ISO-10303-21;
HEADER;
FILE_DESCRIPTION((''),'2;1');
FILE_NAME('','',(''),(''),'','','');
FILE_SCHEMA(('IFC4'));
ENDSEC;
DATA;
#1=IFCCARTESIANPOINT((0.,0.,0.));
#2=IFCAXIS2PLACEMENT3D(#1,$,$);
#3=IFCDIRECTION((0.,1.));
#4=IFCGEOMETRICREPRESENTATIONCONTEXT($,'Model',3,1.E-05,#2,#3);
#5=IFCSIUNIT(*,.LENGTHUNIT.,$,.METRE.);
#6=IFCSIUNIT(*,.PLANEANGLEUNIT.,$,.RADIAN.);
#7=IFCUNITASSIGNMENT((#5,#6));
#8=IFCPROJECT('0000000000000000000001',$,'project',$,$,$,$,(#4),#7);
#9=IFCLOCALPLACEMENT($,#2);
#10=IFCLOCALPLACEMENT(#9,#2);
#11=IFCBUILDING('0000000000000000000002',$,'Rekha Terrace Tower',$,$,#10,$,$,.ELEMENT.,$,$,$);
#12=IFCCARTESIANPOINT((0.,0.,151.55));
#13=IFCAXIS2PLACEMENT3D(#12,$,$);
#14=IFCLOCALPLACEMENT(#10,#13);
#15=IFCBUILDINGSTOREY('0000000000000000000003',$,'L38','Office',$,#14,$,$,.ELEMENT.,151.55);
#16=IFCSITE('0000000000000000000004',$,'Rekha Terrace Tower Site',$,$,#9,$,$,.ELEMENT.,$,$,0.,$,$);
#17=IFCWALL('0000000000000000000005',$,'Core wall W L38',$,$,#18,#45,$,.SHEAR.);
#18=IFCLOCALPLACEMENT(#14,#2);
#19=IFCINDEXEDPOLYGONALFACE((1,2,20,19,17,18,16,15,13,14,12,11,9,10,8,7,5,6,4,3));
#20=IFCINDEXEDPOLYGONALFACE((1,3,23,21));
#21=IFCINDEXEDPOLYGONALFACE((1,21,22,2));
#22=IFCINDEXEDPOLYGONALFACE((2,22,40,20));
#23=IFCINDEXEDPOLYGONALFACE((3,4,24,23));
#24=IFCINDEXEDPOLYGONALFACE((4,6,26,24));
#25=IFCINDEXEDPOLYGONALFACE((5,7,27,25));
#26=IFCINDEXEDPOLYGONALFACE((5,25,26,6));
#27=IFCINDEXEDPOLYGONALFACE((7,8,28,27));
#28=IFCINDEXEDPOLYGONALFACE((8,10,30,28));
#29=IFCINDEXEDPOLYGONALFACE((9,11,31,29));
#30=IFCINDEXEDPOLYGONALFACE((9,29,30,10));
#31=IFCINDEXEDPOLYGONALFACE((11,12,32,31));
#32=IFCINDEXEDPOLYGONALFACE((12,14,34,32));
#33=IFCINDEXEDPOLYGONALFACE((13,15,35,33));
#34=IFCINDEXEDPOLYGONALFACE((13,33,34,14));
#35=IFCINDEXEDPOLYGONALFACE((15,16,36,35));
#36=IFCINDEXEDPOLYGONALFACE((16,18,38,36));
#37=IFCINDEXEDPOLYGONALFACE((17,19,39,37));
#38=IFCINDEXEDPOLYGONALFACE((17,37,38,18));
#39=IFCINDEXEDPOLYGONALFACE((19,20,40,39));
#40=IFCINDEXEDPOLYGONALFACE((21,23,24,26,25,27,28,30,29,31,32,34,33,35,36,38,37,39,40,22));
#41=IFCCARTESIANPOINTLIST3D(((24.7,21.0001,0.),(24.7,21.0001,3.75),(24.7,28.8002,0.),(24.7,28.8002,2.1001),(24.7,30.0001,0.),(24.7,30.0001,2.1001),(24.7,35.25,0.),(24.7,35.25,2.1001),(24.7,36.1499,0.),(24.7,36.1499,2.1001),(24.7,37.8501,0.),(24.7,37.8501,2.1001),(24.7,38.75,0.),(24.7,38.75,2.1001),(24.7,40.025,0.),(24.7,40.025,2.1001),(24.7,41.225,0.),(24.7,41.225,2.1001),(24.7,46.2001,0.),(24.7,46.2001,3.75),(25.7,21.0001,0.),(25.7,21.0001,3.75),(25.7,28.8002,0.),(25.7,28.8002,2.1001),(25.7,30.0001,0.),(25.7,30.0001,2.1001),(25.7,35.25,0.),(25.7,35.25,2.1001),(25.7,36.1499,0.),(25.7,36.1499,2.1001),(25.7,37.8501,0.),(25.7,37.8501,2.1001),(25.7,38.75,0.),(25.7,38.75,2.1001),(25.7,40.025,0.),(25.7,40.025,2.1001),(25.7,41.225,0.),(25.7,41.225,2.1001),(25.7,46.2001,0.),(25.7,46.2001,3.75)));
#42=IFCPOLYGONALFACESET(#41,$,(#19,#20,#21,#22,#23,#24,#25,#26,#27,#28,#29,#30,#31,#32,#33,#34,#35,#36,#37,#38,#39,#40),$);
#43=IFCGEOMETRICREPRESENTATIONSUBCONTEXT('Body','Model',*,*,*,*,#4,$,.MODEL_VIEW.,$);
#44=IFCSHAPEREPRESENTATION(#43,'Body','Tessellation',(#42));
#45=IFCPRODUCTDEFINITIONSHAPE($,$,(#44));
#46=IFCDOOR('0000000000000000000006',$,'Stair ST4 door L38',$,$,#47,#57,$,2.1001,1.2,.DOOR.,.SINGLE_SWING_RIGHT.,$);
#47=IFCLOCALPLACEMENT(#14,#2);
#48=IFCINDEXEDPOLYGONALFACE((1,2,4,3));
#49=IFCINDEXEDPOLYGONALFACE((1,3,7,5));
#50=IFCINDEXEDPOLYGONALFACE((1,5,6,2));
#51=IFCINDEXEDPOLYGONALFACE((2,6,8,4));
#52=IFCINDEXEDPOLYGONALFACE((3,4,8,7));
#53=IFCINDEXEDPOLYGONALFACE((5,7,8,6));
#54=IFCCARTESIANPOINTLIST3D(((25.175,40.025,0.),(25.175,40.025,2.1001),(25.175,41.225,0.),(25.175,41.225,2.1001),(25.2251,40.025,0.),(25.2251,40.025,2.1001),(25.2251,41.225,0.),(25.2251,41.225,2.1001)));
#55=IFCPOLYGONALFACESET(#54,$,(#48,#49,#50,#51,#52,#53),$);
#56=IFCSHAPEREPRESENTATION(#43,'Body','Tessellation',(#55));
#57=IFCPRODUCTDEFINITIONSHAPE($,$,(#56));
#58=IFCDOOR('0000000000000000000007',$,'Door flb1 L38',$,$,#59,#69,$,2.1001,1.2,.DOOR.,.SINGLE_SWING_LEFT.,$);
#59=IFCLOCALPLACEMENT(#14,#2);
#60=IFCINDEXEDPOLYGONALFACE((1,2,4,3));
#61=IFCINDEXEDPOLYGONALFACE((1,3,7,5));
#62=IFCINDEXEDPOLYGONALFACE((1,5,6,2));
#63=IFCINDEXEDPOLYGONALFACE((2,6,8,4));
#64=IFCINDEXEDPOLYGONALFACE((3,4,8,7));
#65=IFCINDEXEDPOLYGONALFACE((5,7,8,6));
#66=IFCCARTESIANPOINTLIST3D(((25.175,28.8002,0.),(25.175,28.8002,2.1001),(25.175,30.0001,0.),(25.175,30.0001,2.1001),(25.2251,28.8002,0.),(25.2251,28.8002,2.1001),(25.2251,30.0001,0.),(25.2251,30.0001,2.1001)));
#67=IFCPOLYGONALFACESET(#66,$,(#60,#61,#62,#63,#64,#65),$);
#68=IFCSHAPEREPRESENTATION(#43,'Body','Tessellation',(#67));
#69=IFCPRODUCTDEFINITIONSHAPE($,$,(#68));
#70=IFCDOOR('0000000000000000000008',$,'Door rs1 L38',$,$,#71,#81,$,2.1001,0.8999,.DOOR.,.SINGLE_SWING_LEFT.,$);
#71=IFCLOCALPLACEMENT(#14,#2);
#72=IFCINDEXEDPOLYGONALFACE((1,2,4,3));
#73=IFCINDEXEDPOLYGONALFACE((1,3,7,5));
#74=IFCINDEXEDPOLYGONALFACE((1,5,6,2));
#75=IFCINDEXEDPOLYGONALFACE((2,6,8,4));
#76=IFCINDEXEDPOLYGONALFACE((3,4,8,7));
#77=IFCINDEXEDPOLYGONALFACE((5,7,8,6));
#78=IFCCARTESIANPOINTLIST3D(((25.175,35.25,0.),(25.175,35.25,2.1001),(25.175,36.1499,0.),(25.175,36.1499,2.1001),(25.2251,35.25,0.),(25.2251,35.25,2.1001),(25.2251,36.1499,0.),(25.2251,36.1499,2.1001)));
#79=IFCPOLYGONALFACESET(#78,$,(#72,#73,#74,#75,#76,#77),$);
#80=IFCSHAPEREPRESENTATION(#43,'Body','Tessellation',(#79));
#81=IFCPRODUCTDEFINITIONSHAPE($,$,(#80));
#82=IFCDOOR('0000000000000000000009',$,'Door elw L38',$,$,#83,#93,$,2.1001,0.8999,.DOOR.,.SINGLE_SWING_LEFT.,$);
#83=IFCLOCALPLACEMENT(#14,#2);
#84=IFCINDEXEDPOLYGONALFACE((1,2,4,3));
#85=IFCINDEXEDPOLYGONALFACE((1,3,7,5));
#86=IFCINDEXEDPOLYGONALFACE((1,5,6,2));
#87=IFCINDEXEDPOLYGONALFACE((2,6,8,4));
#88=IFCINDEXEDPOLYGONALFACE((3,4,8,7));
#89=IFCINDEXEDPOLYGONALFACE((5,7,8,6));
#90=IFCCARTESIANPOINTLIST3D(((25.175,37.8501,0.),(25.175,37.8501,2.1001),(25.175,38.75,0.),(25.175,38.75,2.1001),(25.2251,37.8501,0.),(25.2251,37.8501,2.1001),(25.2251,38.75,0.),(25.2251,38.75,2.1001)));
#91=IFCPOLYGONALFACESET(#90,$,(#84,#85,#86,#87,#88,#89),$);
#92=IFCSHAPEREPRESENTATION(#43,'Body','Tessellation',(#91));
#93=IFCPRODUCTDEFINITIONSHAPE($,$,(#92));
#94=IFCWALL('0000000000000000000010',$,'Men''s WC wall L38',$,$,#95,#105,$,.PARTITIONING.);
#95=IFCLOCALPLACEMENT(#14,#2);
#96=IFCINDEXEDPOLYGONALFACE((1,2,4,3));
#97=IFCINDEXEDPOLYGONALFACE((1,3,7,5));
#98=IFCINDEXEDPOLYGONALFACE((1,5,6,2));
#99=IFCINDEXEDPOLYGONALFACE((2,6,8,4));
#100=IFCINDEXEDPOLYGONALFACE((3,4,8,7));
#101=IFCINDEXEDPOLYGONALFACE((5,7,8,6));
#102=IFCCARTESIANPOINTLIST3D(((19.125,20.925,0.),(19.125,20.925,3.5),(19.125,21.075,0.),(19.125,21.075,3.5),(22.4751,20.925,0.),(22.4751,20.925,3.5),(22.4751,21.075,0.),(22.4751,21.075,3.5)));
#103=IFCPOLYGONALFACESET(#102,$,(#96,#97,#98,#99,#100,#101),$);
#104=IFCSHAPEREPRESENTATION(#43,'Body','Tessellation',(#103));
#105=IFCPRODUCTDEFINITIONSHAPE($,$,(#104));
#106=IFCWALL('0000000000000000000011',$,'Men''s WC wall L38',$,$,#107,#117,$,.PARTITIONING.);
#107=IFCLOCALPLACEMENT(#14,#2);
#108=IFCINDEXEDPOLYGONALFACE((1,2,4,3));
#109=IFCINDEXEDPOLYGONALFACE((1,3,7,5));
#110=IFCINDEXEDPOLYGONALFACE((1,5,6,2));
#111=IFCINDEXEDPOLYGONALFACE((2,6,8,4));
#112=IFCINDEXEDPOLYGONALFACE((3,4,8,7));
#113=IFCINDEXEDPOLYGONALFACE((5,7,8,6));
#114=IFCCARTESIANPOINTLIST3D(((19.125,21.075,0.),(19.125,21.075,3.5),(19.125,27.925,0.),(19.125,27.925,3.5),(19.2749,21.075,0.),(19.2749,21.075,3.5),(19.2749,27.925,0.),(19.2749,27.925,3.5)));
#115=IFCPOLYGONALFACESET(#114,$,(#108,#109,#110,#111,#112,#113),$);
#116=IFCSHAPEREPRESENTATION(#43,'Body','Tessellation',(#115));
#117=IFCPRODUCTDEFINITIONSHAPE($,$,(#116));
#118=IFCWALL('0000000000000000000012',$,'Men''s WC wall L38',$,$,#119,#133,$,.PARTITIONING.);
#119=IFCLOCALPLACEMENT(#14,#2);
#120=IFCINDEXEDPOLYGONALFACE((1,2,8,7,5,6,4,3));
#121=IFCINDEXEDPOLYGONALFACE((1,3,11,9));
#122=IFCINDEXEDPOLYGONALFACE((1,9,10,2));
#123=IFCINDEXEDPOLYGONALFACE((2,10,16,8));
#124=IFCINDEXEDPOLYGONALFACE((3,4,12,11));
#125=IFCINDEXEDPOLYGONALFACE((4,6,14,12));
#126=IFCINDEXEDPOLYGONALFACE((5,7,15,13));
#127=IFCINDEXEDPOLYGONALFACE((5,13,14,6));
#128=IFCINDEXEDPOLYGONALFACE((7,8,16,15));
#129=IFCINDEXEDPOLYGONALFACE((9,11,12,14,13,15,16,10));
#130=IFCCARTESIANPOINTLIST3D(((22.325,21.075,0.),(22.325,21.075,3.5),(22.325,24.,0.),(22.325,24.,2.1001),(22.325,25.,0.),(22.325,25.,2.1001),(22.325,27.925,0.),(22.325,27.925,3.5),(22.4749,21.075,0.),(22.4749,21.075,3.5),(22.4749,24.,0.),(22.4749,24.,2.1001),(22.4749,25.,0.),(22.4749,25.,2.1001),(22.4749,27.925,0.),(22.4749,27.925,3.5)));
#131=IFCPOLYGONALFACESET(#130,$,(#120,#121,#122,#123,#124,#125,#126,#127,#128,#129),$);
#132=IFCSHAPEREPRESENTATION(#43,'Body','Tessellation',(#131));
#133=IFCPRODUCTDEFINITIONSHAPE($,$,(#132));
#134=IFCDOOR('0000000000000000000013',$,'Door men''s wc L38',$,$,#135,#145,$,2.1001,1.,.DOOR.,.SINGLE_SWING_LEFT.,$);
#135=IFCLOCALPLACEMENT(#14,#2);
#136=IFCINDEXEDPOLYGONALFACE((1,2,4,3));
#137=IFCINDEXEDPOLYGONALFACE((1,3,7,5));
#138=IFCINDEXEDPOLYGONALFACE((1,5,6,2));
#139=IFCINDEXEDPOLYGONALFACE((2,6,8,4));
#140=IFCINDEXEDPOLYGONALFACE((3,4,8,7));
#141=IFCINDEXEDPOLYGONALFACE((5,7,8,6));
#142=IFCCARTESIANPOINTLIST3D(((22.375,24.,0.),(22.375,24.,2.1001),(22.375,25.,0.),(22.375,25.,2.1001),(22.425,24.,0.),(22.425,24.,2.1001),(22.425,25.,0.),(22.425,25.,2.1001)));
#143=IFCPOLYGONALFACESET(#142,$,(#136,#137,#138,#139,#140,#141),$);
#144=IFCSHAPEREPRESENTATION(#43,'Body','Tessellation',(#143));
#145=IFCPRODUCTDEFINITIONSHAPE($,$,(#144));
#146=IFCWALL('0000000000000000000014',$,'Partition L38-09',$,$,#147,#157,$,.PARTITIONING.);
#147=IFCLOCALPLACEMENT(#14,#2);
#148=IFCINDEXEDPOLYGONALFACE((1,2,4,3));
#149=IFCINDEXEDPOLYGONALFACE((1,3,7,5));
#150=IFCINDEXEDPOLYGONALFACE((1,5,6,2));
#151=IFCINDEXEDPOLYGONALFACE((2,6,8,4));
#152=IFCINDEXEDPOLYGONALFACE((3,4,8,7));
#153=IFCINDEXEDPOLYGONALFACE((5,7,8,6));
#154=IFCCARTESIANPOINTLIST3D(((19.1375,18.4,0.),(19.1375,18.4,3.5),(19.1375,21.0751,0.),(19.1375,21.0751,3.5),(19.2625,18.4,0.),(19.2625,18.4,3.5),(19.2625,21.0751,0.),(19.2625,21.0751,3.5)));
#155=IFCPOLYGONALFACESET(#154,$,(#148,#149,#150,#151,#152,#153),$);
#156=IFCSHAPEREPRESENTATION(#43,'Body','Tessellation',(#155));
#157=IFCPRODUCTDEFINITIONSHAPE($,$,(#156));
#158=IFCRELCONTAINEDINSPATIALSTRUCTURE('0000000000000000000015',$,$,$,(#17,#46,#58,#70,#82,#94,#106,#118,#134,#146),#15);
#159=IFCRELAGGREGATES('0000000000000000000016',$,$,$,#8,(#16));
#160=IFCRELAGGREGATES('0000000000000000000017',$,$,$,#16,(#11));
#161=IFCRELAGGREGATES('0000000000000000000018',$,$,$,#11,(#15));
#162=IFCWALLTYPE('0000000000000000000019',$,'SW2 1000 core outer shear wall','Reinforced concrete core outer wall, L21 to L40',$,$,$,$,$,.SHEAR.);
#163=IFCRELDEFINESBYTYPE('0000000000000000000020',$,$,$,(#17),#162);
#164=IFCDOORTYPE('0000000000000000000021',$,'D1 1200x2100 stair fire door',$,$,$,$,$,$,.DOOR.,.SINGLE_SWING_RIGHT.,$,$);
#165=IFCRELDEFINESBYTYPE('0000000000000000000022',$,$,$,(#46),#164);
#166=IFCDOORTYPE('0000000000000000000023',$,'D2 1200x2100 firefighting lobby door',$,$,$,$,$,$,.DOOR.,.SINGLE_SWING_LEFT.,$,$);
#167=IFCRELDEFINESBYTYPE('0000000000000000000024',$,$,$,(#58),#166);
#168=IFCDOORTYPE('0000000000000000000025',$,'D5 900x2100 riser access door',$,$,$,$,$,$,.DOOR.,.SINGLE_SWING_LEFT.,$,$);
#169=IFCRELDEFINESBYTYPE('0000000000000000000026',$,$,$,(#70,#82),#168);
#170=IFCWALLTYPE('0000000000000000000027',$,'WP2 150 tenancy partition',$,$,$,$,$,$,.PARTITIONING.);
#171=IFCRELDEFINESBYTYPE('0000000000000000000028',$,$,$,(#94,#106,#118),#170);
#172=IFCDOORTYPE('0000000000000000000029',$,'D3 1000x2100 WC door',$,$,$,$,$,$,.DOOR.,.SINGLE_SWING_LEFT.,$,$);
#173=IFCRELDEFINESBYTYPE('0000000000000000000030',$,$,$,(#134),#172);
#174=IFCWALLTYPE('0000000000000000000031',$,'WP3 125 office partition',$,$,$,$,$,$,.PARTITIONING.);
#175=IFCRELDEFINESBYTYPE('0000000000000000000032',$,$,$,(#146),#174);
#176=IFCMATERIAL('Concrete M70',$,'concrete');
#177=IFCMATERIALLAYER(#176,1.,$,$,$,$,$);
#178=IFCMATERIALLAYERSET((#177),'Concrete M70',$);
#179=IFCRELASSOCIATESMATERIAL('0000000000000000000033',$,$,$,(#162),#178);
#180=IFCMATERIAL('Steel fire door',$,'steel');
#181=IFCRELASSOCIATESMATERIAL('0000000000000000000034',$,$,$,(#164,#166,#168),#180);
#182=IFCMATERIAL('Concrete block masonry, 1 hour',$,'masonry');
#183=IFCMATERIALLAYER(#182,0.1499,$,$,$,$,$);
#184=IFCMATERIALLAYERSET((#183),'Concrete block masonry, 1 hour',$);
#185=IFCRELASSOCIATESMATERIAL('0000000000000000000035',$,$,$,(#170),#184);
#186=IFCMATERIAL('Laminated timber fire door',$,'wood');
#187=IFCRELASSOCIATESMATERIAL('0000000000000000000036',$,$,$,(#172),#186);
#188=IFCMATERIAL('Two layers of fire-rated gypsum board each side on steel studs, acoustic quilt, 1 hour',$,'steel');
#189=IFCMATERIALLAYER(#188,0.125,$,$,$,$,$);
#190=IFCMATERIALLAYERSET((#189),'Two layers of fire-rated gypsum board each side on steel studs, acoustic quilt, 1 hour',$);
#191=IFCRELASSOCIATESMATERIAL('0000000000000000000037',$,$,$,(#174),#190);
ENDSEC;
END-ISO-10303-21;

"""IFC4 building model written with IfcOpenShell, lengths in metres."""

from ifc_helpers import new_model, si_unit, direction, frame, frame_2d, origin, place, context, subcontext, project, spatial, rectangle, extrude, material, layer, layer_set, type_object, element, fill, save


model = new_model("IFC4")

# Units and contexts
model_context = context("Model", 3, precision=1e-05, world=origin(), true_north=direction((0.0, 1.0)))
body_context = subcontext(model_context, "Body", "Model", "MODEL_VIEW")
ifc_project = project(units=[si_unit("LENGTHUNIT", "METRE"), si_unit("PLANEANGLEUNIT", "RADIAN")], contexts=[model_context])

# Site, building, storey
site_placement = place(None, origin())
site = spatial("IfcSite", under=ifc_project, at=site_placement, Name="Rekha Terrace Tower Site", CompositionType="ELEMENT", RefElevation=0.0)
building_placement = place(site_placement, origin())
building = spatial("IfcBuilding", under=site, at=building_placement, Name="Rekha Terrace Tower", CompositionType="ELEMENT")
storey_placement = place(building_placement, frame((0.0, 0.0, 151.55)))
storey = spatial("IfcBuildingStorey", under=building, at=storey_placement, Name="L38", Description="Office", CompositionType="ELEMENT", Elevation=151.55)

# Shared definitions
ifc_material_1 = material(Name="Concrete M70", Category="concrete")

# Shared definitions
ifc_layer_1 = layer(ifc_material_1, 1.0)
ifc_layer_set_1 = layer_set([ifc_layer_1], Name="Concrete M70")
wall_type_1 = type_object("IfcWallType", Name="SW2 1000 core outer shear wall", Description="Reinforced concrete core outer wall, L21 to L40", PredefinedType="SHEAR", material=ifc_layer_set_1)

# Wall, openings, doors
wall_1_placement = place(storey_placement, frame((25.2, 21.0, 0.0), z_axis=(0.0, 0.0, 1.0), x_axis=(0.0, 1.0, 0.0)))
wall_1 = element("IfcWall", 1, at=wall_1_placement, inside=storey, type_object=wall_type_1, Name="Core wall W L38", PredefinedType="SHEAR", context=body_context, shape_type="SweptSolid", body=[
    extrude(rectangle(XDim=25.2, YDim=1.0, at=frame_2d((12.6001, 0.0))), origin(), (0.0, 0.0, 1.0), 3.75),
])
opening_1_placement = place(wall_1_placement, frame((7.8, 0.0, 0.0)))
opening_1 = element("IfcOpeningElement", 2, at=opening_1_placement, cuts=wall_1, PredefinedType="OPENING", context=body_context, shape_type="SweptSolid", body=[
    extrude(rectangle(XDim=1.2, YDim=2.1001, at=frame_2d((0.6001, 1.05))), frame((0.0, 0.51, 0.0), z_axis=(0.0, -1.0, 0.0), x_axis=(1.0, 0.0, 0.0)), (0.0, 0.0, 1.0), 1.02),
])
opening_2_placement = place(wall_1_placement, frame((14.25, 0.0, 0.0)))
opening_2 = element("IfcOpeningElement", 3, at=opening_2_placement, cuts=wall_1, PredefinedType="OPENING", context=body_context, shape_type="SweptSolid", body=[
    extrude(rectangle(XDim=0.8999, YDim=2.1001, at=frame_2d((0.45, 1.05))), frame((0.0, 0.51, 0.0), z_axis=(0.0, -1.0, 0.0), x_axis=(1.0, 0.0, 0.0)), (0.0, 0.0, 1.0), 1.02),
])
opening_3_placement = place(wall_1_placement, frame((16.8501, 0.0, 0.0)))
opening_3 = element("IfcOpeningElement", 4, at=opening_3_placement, cuts=wall_1, PredefinedType="OPENING", context=body_context, shape_type="SweptSolid", body=[
    extrude(rectangle(XDim=0.8999, YDim=2.1001, at=frame_2d((0.45, 1.05))), frame((0.0, 0.51, 0.0), z_axis=(0.0, -1.0, 0.0), x_axis=(1.0, 0.0, 0.0)), (0.0, 0.0, 1.0), 1.02),
])
opening_4_placement = place(wall_1_placement, frame((19.0249, 0.0, 0.0)))
opening_4 = element("IfcOpeningElement", 5, at=opening_4_placement, cuts=wall_1, PredefinedType="OPENING", context=body_context, shape_type="SweptSolid", body=[
    extrude(rectangle(XDim=1.2, YDim=2.1001, at=frame_2d((0.6001, 1.05))), frame((0.0, 0.51, 0.0), z_axis=(0.0, -1.0, 0.0), x_axis=(1.0, 0.0, 0.0)), (0.0, 0.0, 1.0), 1.02),
])
ifc_material_2 = material(Name="Steel fire door", Category="steel")
door_type_1 = type_object("IfcDoorType", Name="D1 1200x2100 stair fire door", OperationType="SINGLE_SWING_RIGHT", PredefinedType="DOOR", material=ifc_material_2)
door_1_placement = place(opening_4_placement, origin())
door_1 = element("IfcDoor", 6, at=door_1_placement, inside=storey, type_object=door_type_1, Name="Stair ST4 door L38", OperationType="SINGLE_SWING_RIGHT", OverallHeight=2.1001, OverallWidth=1.2, PredefinedType="DOOR", context=body_context, shape_type="SweptSolid", body=[
    extrude(rectangle(XDim=1.2, YDim=2.1001, at=frame_2d((0.6001, 1.05))), frame((0.0, 0.0249, 0.0), z_axis=(0.0, -1.0, 0.0), x_axis=(1.0, 0.0, 0.0)), (0.0, 0.0, 1.0), 0.05),
])
fill(opening_4, door_1)
door_type_2 = type_object("IfcDoorType", Name="D2 1200x2100 firefighting lobby door", OperationType="SINGLE_SWING_LEFT", PredefinedType="DOOR", material=ifc_material_2)
door_2_placement = place(opening_1_placement, origin())
door_2 = element("IfcDoor", 7, at=door_2_placement, inside=storey, type_object=door_type_2, Name="Door flb1 L38", OperationType="SINGLE_SWING_LEFT", OverallHeight=2.1001, OverallWidth=1.2, PredefinedType="DOOR", context=body_context, shape_type="SweptSolid", body=[
    extrude(rectangle(XDim=1.2, YDim=2.1001, at=frame_2d((0.6001, 1.05))), frame((0.0, 0.0249, 0.0), z_axis=(0.0, -1.0, 0.0), x_axis=(1.0, 0.0, 0.0)), (0.0, 0.0, 1.0), 0.05),
])
fill(opening_1, door_2)
door_type_3 = type_object("IfcDoorType", Name="D5 900x2100 riser access door", OperationType="SINGLE_SWING_LEFT", PredefinedType="DOOR", material=ifc_material_2)
door_3_placement = place(opening_2_placement, origin())
door_3 = element("IfcDoor", 8, at=door_3_placement, inside=storey, type_object=door_type_3, Name="Door rs1 L38", OperationType="SINGLE_SWING_LEFT", OverallHeight=2.1001, OverallWidth=0.8999, PredefinedType="DOOR", context=body_context, shape_type="SweptSolid", body=[
    extrude(rectangle(XDim=0.8999, YDim=2.1001, at=frame_2d((0.45, 1.05))), frame((0.0, 0.0249, 0.0), z_axis=(0.0, -1.0, 0.0), x_axis=(1.0, 0.0, 0.0)), (0.0, 0.0, 1.0), 0.05),
])
fill(opening_2, door_3)
door_4_placement = place(opening_3_placement, origin())
door_4 = element("IfcDoor", 9, at=door_4_placement, inside=storey, type_object=door_type_3, Name="Door elw L38", OperationType="SINGLE_SWING_LEFT", OverallHeight=2.1001, OverallWidth=0.8999, PredefinedType="DOOR", context=body_context, shape_type="SweptSolid", body=[
    extrude(rectangle(XDim=0.8999, YDim=2.1001, at=frame_2d((0.45, 1.05))), frame((0.0, 0.0249, 0.0), z_axis=(0.0, -1.0, 0.0), x_axis=(1.0, 0.0, 0.0)), (0.0, 0.0, 1.0), 0.05),
])
fill(opening_3, door_4)

# Walls
ifc_material_3 = material(Name="Concrete block masonry, 1 hour", Category="masonry")
ifc_layer_2 = layer(ifc_material_3, 0.1499)
ifc_layer_set_2 = layer_set([ifc_layer_2], Name="Concrete block masonry, 1 hour")
wall_type_2 = type_object("IfcWallType", Name="WP2 150 tenancy partition", PredefinedType="PARTITIONING", material=ifc_layer_set_2)
wall_2_placement = place(storey_placement, frame((19.125, 21.0, 0.0), z_axis=(0.0, 0.0, 1.0), x_axis=(1.0, 0.0, 0.0)))
element("IfcWall", 10, at=wall_2_placement, inside=storey, type_object=wall_type_2, Name="Men's WC wall L38", PredefinedType="PARTITIONING", context=body_context, shape_type="SweptSolid", body=[
    extrude(rectangle(XDim=3.3501, YDim=0.1499, at=frame_2d((1.675, 0.0))), origin(), (0.0, 0.0, 1.0), 3.5),
])
wall_3_placement = place(storey_placement, frame((19.2, 21.075, 0.0), z_axis=(0.0, 0.0, 1.0), x_axis=(0.0, 1.0, 0.0)))
element("IfcWall", 11, at=wall_3_placement, inside=storey, type_object=wall_type_2, Name="Men's WC wall L38", PredefinedType="PARTITIONING", context=body_context, shape_type="SweptSolid", body=[
    extrude(rectangle(XDim=6.8501, YDim=0.1499, at=frame_2d((3.425, 0.0))), origin(), (0.0, 0.0, 1.0), 3.5),
])

# Wall, opening, door
wall_4_placement = place(storey_placement, frame((22.3999, 21.075, 0.0), z_axis=(0.0, 0.0, 1.0), x_axis=(0.0, 1.0, 0.0)))
wall_4 = element("IfcWall", 12, at=wall_4_placement, inside=storey, type_object=wall_type_2, Name="Men's WC wall L38", PredefinedType="PARTITIONING", context=body_context, shape_type="SweptSolid", body=[
    extrude(rectangle(XDim=6.8501, YDim=0.1499, at=frame_2d((3.425, 0.0))), origin(), (0.0, 0.0, 1.0), 3.5),
])
opening_5_placement = place(wall_4_placement, frame((2.925, 0.0, 0.0)))
opening_5 = element("IfcOpeningElement", 13, at=opening_5_placement, cuts=wall_4, PredefinedType="OPENING", context=body_context, shape_type="SweptSolid", body=[
    extrude(rectangle(XDim=1.0, YDim=2.1001, at=frame_2d((0.5, 1.05))), frame((0.0, 0.085, 0.0), z_axis=(0.0, -1.0, 0.0), x_axis=(1.0, 0.0, 0.0)), (0.0, 0.0, 1.0), 0.1699),
])
ifc_material_4 = material(Name="Laminated timber fire door", Category="wood")
door_type_4 = type_object("IfcDoorType", Name="D3 1000x2100 WC door", OperationType="SINGLE_SWING_LEFT", PredefinedType="DOOR", material=ifc_material_4)
door_5_placement = place(opening_5_placement, origin())
door_5 = element("IfcDoor", 14, at=door_5_placement, inside=storey, type_object=door_type_4, Name="Door men's wc L38", OperationType="SINGLE_SWING_LEFT", OverallHeight=2.1001, OverallWidth=1.0, PredefinedType="DOOR", context=body_context, shape_type="SweptSolid", body=[
    extrude(rectangle(XDim=1.0, YDim=2.1001, at=frame_2d((0.5, 1.05))), frame((0.0, 0.0249, 0.0), z_axis=(0.0, -1.0, 0.0), x_axis=(1.0, 0.0, 0.0)), (0.0, 0.0, 1.0), 0.05),
])
fill(opening_5, door_5)

# Wall
ifc_material_5 = material(Name="Two layers of fire-rated gypsum board each side on steel studs, acoustic quilt, 1 hour", Category="steel")
ifc_layer_3 = layer(ifc_material_5, 0.125)
ifc_layer_set_3 = layer_set([ifc_layer_3], Name="Two layers of fire-rated gypsum board each side on steel studs, acoustic quilt, 1 hour")
wall_type_3 = type_object("IfcWallType", Name="WP3 125 office partition", PredefinedType="PARTITIONING", material=ifc_layer_set_3)
wall_5_placement = place(storey_placement, frame((19.2, 21.075, 0.0), z_axis=(0.0, 0.0, 1.0), x_axis=(0.0, -1.0, 0.0)))
element("IfcWall", 15, at=wall_5_placement, inside=storey, type_object=wall_type_3, Name="Partition L38-09", PredefinedType="PARTITIONING", context=body_context, shape_type="SweptSolid", body=[
    extrude(rectangle(XDim=2.675, YDim=0.125, at=frame_2d((1.3374, 0.0))), origin(), (0.0, 0.0, 1.0), 3.5),
])

save(model, "model.ifc")
